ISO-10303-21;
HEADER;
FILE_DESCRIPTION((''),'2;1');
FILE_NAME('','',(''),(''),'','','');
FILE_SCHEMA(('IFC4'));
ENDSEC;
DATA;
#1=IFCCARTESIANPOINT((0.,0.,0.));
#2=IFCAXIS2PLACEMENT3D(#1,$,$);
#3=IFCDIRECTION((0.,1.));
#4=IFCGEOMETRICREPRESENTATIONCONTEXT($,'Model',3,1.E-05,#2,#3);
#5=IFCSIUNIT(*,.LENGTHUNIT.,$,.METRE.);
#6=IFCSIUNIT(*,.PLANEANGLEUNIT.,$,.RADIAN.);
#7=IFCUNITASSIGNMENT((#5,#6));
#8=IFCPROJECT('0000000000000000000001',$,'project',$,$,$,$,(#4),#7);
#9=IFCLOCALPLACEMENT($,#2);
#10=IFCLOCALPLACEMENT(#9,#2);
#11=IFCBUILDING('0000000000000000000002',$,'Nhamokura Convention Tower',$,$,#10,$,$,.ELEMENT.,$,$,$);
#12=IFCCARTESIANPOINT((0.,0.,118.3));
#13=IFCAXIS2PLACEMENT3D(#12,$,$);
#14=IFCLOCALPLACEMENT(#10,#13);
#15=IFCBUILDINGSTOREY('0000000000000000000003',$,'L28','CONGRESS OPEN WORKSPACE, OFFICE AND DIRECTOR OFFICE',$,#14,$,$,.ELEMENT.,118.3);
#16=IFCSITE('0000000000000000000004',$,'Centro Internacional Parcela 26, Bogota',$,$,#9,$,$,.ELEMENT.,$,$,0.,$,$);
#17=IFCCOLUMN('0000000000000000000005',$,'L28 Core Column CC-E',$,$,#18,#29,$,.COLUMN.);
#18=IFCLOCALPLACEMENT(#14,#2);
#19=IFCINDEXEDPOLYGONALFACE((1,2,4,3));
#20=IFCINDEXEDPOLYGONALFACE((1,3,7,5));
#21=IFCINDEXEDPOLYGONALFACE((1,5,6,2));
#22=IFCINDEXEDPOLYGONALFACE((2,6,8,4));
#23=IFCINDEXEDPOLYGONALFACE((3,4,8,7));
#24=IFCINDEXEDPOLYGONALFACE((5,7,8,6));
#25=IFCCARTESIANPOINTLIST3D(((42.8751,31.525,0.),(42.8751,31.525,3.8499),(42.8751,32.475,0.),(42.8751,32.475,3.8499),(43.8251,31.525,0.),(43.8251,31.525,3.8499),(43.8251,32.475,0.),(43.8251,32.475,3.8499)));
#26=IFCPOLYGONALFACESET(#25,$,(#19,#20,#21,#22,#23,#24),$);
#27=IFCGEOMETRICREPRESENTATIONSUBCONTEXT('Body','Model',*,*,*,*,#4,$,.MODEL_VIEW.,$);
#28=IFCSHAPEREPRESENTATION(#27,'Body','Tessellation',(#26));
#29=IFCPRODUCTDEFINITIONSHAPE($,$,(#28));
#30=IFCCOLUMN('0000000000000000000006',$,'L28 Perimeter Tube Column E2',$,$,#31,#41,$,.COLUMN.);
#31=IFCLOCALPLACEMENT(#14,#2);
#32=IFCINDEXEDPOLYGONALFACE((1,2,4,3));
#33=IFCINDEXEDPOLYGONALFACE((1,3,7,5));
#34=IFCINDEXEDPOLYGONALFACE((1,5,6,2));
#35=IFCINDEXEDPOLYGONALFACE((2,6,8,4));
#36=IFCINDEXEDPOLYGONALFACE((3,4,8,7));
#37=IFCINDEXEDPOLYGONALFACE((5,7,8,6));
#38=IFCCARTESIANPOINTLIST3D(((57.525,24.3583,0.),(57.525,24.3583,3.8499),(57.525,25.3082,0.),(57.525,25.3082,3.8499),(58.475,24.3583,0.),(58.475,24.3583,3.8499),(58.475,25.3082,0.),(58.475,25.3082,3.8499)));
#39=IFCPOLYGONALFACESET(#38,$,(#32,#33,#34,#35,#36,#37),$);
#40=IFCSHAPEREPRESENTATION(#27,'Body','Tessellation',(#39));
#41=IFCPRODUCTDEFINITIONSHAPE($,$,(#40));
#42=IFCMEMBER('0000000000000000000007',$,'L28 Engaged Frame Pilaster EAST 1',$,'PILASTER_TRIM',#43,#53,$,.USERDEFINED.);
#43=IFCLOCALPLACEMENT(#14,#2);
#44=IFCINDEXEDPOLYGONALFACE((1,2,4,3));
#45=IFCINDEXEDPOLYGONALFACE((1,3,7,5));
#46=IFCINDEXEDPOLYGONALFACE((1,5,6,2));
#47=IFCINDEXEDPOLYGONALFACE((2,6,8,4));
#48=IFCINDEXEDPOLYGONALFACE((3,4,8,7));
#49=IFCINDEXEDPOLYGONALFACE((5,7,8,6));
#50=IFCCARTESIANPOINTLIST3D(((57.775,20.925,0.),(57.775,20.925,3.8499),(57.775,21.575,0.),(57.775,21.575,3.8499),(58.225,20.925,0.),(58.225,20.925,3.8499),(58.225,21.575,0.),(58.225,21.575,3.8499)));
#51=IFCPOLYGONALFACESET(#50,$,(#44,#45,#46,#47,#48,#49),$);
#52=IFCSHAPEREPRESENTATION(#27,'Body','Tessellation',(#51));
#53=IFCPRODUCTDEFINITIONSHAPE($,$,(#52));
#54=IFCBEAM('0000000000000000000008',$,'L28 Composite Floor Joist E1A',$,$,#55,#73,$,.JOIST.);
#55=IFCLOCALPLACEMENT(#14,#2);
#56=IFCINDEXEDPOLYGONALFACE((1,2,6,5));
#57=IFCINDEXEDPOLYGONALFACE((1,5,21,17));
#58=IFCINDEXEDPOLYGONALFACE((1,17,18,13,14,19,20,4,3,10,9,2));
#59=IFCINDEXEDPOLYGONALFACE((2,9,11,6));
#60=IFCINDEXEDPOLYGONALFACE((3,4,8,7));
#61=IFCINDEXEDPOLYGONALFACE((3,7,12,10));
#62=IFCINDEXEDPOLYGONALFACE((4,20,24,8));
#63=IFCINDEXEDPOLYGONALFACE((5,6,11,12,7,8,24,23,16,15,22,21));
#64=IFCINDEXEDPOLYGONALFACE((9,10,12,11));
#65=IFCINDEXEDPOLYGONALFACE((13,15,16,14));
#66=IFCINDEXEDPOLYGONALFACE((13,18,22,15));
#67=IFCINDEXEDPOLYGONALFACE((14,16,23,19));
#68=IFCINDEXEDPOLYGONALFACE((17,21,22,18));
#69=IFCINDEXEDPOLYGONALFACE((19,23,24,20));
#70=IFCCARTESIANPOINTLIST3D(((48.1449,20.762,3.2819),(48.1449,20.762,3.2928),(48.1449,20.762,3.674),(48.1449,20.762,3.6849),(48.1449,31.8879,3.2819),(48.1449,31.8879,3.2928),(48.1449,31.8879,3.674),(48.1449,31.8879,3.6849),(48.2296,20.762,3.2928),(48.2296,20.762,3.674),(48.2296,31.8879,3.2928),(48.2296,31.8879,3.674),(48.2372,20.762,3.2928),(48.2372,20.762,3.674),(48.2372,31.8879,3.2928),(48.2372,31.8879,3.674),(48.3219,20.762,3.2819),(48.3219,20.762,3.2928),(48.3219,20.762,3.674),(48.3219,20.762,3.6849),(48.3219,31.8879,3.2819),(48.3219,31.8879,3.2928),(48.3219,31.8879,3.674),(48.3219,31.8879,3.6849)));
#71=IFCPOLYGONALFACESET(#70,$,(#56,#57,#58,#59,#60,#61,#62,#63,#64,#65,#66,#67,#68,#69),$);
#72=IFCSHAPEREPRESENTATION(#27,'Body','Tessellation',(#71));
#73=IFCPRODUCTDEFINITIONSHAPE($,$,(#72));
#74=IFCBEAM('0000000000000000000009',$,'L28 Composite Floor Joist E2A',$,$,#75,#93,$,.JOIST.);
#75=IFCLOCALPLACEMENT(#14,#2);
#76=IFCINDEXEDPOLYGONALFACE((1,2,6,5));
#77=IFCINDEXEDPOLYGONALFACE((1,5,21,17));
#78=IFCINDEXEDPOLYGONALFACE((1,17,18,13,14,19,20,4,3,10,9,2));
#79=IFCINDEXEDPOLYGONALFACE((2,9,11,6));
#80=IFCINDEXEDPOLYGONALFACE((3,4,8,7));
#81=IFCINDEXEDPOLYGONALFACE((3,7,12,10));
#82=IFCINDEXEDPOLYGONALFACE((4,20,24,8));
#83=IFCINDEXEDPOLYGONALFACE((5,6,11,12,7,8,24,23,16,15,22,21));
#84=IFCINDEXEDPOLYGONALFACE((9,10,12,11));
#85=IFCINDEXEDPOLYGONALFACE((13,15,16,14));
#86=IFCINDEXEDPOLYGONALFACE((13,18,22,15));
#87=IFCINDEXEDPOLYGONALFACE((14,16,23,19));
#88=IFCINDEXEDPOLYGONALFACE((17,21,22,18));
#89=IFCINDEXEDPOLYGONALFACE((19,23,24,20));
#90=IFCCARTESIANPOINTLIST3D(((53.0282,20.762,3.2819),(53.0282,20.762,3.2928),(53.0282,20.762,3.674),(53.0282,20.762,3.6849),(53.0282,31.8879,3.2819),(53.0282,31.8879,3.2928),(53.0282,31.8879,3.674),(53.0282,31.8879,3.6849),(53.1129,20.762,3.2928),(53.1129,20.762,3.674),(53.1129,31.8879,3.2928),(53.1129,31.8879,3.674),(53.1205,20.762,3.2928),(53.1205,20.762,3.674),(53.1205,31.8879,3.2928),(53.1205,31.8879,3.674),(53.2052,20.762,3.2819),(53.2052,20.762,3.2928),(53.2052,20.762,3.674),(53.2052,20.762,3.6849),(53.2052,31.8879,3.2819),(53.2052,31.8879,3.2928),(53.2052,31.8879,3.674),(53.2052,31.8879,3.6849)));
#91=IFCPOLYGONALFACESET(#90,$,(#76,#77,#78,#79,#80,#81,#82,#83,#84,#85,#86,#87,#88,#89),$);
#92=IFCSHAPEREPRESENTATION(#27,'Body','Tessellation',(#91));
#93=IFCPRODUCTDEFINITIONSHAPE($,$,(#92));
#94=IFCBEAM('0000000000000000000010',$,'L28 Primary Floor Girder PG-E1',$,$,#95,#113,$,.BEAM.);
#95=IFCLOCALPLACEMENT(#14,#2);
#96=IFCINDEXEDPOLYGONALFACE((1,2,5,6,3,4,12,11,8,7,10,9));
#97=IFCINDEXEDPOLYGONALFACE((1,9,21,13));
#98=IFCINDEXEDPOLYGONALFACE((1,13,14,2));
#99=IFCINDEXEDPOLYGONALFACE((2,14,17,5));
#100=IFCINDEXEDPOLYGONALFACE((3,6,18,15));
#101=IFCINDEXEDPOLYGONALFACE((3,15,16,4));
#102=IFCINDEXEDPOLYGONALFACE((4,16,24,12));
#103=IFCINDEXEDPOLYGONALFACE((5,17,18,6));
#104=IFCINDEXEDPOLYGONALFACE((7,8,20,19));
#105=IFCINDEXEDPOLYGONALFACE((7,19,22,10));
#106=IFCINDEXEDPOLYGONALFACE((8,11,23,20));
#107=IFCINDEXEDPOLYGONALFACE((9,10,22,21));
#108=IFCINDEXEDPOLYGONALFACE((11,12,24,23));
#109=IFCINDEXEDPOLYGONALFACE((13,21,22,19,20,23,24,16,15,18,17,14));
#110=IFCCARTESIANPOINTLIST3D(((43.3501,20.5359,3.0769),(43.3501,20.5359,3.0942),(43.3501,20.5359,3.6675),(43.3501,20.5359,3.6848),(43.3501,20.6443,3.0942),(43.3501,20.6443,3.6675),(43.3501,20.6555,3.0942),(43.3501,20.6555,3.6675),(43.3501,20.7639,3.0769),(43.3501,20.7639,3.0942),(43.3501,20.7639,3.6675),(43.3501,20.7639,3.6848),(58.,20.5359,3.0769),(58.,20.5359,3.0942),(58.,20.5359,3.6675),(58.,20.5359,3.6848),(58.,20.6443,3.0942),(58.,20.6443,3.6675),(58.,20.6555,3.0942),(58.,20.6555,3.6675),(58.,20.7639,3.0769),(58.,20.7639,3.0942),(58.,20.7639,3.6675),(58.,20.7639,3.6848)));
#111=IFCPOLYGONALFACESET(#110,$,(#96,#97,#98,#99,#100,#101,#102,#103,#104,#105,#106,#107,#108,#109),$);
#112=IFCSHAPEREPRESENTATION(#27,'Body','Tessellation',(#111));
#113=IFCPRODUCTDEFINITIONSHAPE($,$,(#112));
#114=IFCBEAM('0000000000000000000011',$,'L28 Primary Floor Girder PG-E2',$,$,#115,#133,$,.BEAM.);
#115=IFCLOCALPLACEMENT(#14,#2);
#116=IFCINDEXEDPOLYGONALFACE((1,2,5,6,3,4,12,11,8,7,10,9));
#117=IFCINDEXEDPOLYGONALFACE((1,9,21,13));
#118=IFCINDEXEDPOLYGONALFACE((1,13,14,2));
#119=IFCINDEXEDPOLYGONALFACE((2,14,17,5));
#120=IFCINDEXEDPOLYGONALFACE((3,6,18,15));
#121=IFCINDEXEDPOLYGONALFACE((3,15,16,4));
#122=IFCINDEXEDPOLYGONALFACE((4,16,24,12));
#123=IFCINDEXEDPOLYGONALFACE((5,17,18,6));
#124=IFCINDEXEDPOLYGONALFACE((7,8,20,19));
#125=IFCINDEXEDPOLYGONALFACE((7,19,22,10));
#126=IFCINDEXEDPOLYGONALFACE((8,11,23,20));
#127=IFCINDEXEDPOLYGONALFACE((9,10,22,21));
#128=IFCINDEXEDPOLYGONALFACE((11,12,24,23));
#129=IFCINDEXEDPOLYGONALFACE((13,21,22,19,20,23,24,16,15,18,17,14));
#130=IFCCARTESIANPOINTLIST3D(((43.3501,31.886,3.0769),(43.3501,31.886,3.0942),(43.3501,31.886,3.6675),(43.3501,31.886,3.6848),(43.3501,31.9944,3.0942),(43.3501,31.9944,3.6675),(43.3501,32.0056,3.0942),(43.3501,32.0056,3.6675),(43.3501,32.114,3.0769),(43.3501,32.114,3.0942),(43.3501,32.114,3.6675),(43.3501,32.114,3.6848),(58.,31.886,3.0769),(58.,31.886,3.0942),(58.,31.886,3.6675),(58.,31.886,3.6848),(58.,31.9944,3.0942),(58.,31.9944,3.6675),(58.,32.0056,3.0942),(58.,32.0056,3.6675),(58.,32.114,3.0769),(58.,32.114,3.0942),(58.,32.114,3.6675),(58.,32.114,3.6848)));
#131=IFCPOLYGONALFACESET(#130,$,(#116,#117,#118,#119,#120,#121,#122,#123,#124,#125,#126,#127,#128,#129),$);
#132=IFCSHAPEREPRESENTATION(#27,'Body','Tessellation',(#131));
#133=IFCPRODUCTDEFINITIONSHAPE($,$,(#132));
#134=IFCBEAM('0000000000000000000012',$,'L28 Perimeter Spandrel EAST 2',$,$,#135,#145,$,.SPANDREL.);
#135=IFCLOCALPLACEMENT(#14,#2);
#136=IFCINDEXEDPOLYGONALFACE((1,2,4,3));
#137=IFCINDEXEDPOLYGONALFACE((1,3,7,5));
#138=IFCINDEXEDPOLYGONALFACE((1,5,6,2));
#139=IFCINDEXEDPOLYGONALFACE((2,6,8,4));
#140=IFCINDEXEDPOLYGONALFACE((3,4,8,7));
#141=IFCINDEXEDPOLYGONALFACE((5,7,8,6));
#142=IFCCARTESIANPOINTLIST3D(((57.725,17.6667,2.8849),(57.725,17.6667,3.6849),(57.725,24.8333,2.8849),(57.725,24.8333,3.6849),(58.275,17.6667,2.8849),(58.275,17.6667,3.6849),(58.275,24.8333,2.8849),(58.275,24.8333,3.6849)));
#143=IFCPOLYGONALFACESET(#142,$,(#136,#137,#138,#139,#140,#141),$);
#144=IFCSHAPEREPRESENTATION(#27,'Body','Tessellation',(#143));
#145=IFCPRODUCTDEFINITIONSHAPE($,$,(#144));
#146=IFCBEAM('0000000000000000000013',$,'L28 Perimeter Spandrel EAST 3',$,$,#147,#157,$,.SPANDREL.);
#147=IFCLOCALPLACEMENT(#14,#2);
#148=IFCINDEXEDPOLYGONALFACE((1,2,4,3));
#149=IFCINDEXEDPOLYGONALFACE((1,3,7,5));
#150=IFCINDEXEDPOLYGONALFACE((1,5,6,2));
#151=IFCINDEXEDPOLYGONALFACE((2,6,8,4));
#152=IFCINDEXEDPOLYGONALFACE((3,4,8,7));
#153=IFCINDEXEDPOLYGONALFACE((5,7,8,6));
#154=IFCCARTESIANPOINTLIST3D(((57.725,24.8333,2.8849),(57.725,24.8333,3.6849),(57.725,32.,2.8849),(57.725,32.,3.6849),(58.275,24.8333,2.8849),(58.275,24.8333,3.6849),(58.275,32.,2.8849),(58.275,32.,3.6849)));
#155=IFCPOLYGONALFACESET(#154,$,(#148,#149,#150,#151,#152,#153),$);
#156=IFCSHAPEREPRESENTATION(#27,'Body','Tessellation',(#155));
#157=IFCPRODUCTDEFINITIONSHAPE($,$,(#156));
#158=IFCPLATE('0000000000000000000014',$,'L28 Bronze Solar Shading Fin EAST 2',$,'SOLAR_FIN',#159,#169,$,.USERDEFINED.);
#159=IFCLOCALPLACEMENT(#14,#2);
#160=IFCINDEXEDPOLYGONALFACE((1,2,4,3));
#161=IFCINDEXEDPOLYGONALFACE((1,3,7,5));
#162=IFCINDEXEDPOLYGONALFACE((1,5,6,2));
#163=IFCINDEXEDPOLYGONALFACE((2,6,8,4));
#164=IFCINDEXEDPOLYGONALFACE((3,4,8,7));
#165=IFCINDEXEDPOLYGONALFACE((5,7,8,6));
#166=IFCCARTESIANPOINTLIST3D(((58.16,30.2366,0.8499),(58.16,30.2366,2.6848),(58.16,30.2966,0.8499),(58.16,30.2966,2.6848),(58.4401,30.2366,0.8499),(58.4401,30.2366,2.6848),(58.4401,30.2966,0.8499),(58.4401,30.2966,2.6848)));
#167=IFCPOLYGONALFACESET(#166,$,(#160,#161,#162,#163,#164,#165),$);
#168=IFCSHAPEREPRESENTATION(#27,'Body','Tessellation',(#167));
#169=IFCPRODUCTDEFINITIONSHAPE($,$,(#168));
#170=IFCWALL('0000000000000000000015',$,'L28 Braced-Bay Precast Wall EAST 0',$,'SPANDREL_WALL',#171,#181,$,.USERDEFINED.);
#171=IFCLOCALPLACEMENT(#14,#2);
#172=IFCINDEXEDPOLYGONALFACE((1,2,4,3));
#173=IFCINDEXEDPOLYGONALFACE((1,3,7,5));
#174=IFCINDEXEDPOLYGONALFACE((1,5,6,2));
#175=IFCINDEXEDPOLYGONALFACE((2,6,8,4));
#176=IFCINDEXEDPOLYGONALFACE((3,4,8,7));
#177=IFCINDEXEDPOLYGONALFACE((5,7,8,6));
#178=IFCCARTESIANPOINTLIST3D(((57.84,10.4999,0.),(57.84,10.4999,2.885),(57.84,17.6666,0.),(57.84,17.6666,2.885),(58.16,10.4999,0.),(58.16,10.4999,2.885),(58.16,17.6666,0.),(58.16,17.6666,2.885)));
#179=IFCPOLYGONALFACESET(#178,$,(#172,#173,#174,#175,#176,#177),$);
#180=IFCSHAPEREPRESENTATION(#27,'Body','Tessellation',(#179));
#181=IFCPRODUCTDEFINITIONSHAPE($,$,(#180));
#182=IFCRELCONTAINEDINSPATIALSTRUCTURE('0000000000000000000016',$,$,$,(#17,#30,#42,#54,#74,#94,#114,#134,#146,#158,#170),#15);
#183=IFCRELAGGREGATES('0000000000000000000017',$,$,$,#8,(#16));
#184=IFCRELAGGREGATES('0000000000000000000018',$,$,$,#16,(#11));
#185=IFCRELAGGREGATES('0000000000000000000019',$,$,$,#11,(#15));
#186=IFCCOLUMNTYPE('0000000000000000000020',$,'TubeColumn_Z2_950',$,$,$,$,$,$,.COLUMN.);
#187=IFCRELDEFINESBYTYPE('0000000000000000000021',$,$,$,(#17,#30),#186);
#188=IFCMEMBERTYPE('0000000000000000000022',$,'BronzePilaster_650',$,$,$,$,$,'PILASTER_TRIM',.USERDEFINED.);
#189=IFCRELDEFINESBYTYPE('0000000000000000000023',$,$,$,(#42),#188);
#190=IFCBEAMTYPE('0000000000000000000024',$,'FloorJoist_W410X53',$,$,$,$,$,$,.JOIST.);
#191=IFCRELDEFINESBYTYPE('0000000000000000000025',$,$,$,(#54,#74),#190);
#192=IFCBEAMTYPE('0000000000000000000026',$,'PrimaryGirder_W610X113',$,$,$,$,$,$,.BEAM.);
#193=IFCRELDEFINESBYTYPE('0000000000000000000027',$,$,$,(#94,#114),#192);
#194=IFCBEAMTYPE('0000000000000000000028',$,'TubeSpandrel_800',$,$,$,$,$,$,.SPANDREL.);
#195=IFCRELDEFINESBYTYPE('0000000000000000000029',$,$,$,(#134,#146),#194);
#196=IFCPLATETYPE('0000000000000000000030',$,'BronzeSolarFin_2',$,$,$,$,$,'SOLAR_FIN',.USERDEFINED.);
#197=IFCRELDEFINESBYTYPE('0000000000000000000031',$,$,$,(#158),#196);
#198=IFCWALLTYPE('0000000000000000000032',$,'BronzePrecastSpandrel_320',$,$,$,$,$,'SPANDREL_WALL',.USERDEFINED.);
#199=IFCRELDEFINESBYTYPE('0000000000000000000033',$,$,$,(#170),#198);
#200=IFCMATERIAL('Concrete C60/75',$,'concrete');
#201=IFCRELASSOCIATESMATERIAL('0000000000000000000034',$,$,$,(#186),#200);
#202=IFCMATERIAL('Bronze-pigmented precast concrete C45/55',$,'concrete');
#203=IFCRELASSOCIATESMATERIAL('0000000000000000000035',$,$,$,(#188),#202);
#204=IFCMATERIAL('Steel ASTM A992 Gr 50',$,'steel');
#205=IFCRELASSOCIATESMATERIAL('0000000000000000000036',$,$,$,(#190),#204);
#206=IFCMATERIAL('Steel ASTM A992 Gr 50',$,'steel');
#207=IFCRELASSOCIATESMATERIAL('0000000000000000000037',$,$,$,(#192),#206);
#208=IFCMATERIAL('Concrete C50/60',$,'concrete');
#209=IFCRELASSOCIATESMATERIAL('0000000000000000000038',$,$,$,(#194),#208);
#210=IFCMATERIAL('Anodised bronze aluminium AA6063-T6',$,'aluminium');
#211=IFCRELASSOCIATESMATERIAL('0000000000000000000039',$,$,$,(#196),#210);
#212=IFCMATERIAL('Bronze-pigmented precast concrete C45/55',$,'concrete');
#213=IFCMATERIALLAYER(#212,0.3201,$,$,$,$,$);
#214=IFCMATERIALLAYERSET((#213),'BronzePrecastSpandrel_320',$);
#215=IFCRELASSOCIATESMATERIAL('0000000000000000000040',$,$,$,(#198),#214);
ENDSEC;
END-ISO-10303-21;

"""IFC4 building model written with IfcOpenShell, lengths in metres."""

from ifc_helpers import new_model, si_unit, direction, frame, frame_2d, origin, origin_2d, place, context, subcontext, project, spatial, rectangle, i_section, extrude, material, layer, layer_set, material_profile, profile_set, type_object, element, save


model = new_model("IFC4")

# Units and contexts
model_context = context("Model", 3, precision=1e-05, world=origin(), true_north=direction((0.0, 1.0)))
body_context = subcontext(model_context, "Body", "Model", "MODEL_VIEW")
ifc_project = project(units=[si_unit("LENGTHUNIT", "METRE"), si_unit("PLANEANGLEUNIT", "RADIAN")], contexts=[model_context])

# Site, building, storey
site_placement = place(None, origin())
site = spatial("IfcSite", under=ifc_project, at=site_placement, Name="Centro Internacional Parcela 26, Bogota", CompositionType="ELEMENT", RefElevation=0.0)
building_placement = place(site_placement, origin())
building = spatial("IfcBuilding", under=site, at=building_placement, Name="Nhamokura Convention Tower", CompositionType="ELEMENT")
storey_placement = place(building_placement, frame((0.0, 0.0, 118.3)))
storey = spatial("IfcBuildingStorey", under=building, at=storey_placement, Name="L28", Description="CONGRESS OPEN WORKSPACE, OFFICE AND DIRECTOR OFFICE", CompositionType="ELEMENT", Elevation=118.3)

# Columns
ifc_material_1 = material(Name="Concrete C60/75", Category="concrete")
ifc_material_profile_1 = material_profile(ifc_material_1, rectangle(XDim=0.95, YDim=0.95, at=origin_2d()))
ifc_profile_set_1 = profile_set([ifc_material_profile_1], Name="Concrete C60/75")
column_type = type_object("IfcColumnType", Name="TubeColumn_Z2_950", PredefinedType="COLUMN", material=ifc_profile_set_1)
for number, where, z_axis, x_axis, name in (
    (1, (43.3501, 32.0, 0.0), (0.0, 0.0, 1.0), (1.0, 0.0, 0.0), "L28 Core Column CC-E"),
    (2, (58.0, 24.8333, 0.0), (0.0, 0.0, 1.0), (1.0, 0.0, 0.0), "L28 Perimeter Tube Column E2"),
):
    element("IfcColumn", number, at=place(storey_placement, frame(where, z_axis=z_axis, x_axis=x_axis)), inside=storey, type_object=column_type, Name=name, PredefinedType="COLUMN", context=body_context, shape_type="SweptSolid", body=[
        extrude(rectangle(XDim=0.95, YDim=0.95, at=origin_2d()), origin(), (0.0, 0.0, 1.0), 3.8499),
    ])

# Member
ifc_material_2 = material(Name="Bronze-pigmented precast concrete C45/55", Category="concrete")
ifc_material_profile_2 = material_profile(ifc_material_2, rectangle(XDim=0.45, YDim=0.6499, at=origin_2d()))
ifc_profile_set_2 = profile_set([ifc_material_profile_2], Name="Bronze-pigmented precast concrete C45/55")
member_type = type_object("IfcMemberType", Name="BronzePilaster_650", ElementType="PILASTER_TRIM", PredefinedType="USERDEFINED", material=ifc_profile_set_2)
member_placement = place(storey_placement, frame((58.0, 21.25, 0.0), z_axis=(0.0, 0.0, 1.0), x_axis=(1.0, 0.0, 0.0)))
element("IfcMember", 3, at=member_placement, inside=storey, type_object=member_type, Name="L28 Engaged Frame Pilaster EAST 1", ObjectType="PILASTER_TRIM", PredefinedType="USERDEFINED", context=body_context, shape_type="SweptSolid", body=[
    extrude(rectangle(XDim=0.45, YDim=0.6499, at=origin_2d()), origin(), (0.0, 0.0, 1.0), 3.8499),
])

# Beams
ifc_material_3 = material(Name="Steel ASTM A992 Gr 50", Category="steel")
ifc_material_profile_3 = material_profile(ifc_material_3, i_section(OverallWidth=0.177, OverallDepth=0.4031, WebThickness=0.0076, FlangeThickness=0.011, at=origin_2d()))
ifc_profile_set_3 = profile_set([ifc_material_profile_3], Name="Steel ASTM A992 Gr 50")
beam_type_1 = type_object("IfcBeamType", Name="FloorJoist_W410X53", PredefinedType="JOIST", material=ifc_profile_set_3)
for number, where, z_axis, x_axis, name in (
    (4, (48.2334, 20.762, 3.4834), (0.0, 1.0, 0.0), (-1.0, 0.0, 0.0), "L28 Composite Floor Joist E1A"),
    (5, (53.1167, 20.762, 3.4834), (0.0, 1.0, 0.0), (-1.0, 0.0, 0.0), "L28 Composite Floor Joist E2A"),
):
    element("IfcBeam", number, at=place(storey_placement, frame(where, z_axis=z_axis, x_axis=x_axis)), inside=storey, type_object=beam_type_1, Name=name, PredefinedType="JOIST", context=body_context, shape_type="SweptSolid", body=[
        extrude(i_section(OverallWidth=0.177, OverallDepth=0.4031, WebThickness=0.0076, FlangeThickness=0.011, at=origin_2d()), origin(), (0.0, 0.0, 1.0), 11.126),
    ])
ifc_material_4 = material(Name="Steel ASTM A992 Gr 50", Category="steel")
ifc_material_profile_4 = material_profile(ifc_material_4, i_section(OverallWidth=0.228, OverallDepth=0.6079, WebThickness=0.0112, FlangeThickness=0.0173, at=origin_2d()))
ifc_profile_set_4 = profile_set([ifc_material_profile_4], Name="Steel ASTM A992 Gr 50")
beam_type_2 = type_object("IfcBeamType", Name="PrimaryGirder_W610X113", PredefinedType="BEAM", material=ifc_profile_set_4)
for number, where, z_axis, x_axis, name in (
    (6, (43.3501, 20.6499, 3.3809), (1.0, 0.0, 0.0), (0.0, 1.0, 0.0), "L28 Primary Floor Girder PG-E1"),
    (7, (43.3501, 32.0, 3.3809), (1.0, 0.0, 0.0), (0.0, 1.0, 0.0), "L28 Primary Floor Girder PG-E2"),
):
    element("IfcBeam", number, at=place(storey_placement, frame(where, z_axis=z_axis, x_axis=x_axis)), inside=storey, type_object=beam_type_2, Name=name, PredefinedType="BEAM", context=body_context, shape_type="SweptSolid", body=[
        extrude(i_section(OverallWidth=0.228, OverallDepth=0.6079, WebThickness=0.0112, FlangeThickness=0.0173, at=origin_2d()), origin(), (0.0, 0.0, 1.0), 14.6499),
    ])
ifc_material_5 = material(Name="Concrete C50/60", Category="concrete")
ifc_material_profile_5 = material_profile(ifc_material_5, rectangle(XDim=0.55, YDim=0.8, at=origin_2d()))
ifc_profile_set_5 = profile_set([ifc_material_profile_5], Name="Concrete C50/60")
beam_type_3 = type_object("IfcBeamType", Name="TubeSpandrel_800", PredefinedType="SPANDREL", material=ifc_profile_set_5)
beam_1_placement = place(storey_placement, frame((58.0, 17.6667, 3.2849), z_axis=(0.0, 1.0, 0.0), x_axis=(-1.0, 0.0, 0.0)))
element("IfcBeam", 8, at=beam_1_placement, inside=storey, type_object=beam_type_3, Name="L28 Perimeter Spandrel EAST 2", PredefinedType="SPANDREL", context=body_context, shape_type="SweptSolid", body=[
    extrude(rectangle(XDim=0.55, YDim=0.8, at=origin_2d()), origin(), (0.0, 0.0, 1.0), 7.1665),
])
beam_2_placement = place(storey_placement, frame((58.0, 24.8333, 3.2849), z_axis=(0.0, 1.0, 0.0), x_axis=(-1.0, 0.0, 0.0)))
element("IfcBeam", 9, at=beam_2_placement, inside=storey, type_object=beam_type_3, Name="L28 Perimeter Spandrel EAST 3", PredefinedType="SPANDREL", context=body_context, shape_type="SweptSolid", body=[
    extrude(rectangle(XDim=0.55, YDim=0.8, at=origin_2d()), origin(), (0.0, 0.0, 1.0), 7.1667),
])

# Plate
ifc_material_6 = material(Name="Anodised bronze aluminium AA6063-T6", Category="aluminium")
plate_type = type_object("IfcPlateType", Name="BronzeSolarFin_2", ElementType="SOLAR_FIN", PredefinedType="USERDEFINED", material=ifc_material_6)
plate_placement = place(storey_placement, frame((58.3, 30.2666, 0.8499), z_axis=(0.0, 0.0, 1.0), x_axis=(1.0, 0.0, 0.0)))
element("IfcPlate", 10, at=plate_placement, inside=storey, type_object=plate_type, Name="L28 Bronze Solar Shading Fin EAST 2", ObjectType="SOLAR_FIN", PredefinedType="USERDEFINED", context=body_context, shape_type="SweptSolid", body=[
    extrude(rectangle(XDim=0.28, YDim=0.0601, at=origin_2d()), origin(), (0.0, 0.0, 1.0), 1.835),
])

# Wall
ifc_material_7 = material(Name="Bronze-pigmented precast concrete C45/55", Category="concrete")
ifc_layer_1 = layer(ifc_material_7, 0.3201)
ifc_layer_set_1 = layer_set([ifc_layer_1], Name="BronzePrecastSpandrel_320")
wall_type_1 = type_object("IfcWallType", Name="BronzePrecastSpandrel_320", ElementType="SPANDREL_WALL", PredefinedType="USERDEFINED", material=ifc_layer_set_1)
wall_1_placement = place(storey_placement, frame((58.0, 17.6667, 0.0), z_axis=(0.0, 0.0, 1.0), x_axis=(0.0, -1.0, 0.0)))
element("IfcWall", 11, at=wall_1_placement, inside=storey, type_object=wall_type_1, Name="L28 Braced-Bay Precast Wall EAST 0", ObjectType="SPANDREL_WALL", PredefinedType="USERDEFINED", context=body_context, shape_type="SweptSolid", body=[
    extrude(rectangle(XDim=7.1667, YDim=0.3201, at=frame_2d((3.5835, 0.0))), origin(), (0.0, 0.0, 1.0), 2.885),
])

save(model, "model.ifc")
